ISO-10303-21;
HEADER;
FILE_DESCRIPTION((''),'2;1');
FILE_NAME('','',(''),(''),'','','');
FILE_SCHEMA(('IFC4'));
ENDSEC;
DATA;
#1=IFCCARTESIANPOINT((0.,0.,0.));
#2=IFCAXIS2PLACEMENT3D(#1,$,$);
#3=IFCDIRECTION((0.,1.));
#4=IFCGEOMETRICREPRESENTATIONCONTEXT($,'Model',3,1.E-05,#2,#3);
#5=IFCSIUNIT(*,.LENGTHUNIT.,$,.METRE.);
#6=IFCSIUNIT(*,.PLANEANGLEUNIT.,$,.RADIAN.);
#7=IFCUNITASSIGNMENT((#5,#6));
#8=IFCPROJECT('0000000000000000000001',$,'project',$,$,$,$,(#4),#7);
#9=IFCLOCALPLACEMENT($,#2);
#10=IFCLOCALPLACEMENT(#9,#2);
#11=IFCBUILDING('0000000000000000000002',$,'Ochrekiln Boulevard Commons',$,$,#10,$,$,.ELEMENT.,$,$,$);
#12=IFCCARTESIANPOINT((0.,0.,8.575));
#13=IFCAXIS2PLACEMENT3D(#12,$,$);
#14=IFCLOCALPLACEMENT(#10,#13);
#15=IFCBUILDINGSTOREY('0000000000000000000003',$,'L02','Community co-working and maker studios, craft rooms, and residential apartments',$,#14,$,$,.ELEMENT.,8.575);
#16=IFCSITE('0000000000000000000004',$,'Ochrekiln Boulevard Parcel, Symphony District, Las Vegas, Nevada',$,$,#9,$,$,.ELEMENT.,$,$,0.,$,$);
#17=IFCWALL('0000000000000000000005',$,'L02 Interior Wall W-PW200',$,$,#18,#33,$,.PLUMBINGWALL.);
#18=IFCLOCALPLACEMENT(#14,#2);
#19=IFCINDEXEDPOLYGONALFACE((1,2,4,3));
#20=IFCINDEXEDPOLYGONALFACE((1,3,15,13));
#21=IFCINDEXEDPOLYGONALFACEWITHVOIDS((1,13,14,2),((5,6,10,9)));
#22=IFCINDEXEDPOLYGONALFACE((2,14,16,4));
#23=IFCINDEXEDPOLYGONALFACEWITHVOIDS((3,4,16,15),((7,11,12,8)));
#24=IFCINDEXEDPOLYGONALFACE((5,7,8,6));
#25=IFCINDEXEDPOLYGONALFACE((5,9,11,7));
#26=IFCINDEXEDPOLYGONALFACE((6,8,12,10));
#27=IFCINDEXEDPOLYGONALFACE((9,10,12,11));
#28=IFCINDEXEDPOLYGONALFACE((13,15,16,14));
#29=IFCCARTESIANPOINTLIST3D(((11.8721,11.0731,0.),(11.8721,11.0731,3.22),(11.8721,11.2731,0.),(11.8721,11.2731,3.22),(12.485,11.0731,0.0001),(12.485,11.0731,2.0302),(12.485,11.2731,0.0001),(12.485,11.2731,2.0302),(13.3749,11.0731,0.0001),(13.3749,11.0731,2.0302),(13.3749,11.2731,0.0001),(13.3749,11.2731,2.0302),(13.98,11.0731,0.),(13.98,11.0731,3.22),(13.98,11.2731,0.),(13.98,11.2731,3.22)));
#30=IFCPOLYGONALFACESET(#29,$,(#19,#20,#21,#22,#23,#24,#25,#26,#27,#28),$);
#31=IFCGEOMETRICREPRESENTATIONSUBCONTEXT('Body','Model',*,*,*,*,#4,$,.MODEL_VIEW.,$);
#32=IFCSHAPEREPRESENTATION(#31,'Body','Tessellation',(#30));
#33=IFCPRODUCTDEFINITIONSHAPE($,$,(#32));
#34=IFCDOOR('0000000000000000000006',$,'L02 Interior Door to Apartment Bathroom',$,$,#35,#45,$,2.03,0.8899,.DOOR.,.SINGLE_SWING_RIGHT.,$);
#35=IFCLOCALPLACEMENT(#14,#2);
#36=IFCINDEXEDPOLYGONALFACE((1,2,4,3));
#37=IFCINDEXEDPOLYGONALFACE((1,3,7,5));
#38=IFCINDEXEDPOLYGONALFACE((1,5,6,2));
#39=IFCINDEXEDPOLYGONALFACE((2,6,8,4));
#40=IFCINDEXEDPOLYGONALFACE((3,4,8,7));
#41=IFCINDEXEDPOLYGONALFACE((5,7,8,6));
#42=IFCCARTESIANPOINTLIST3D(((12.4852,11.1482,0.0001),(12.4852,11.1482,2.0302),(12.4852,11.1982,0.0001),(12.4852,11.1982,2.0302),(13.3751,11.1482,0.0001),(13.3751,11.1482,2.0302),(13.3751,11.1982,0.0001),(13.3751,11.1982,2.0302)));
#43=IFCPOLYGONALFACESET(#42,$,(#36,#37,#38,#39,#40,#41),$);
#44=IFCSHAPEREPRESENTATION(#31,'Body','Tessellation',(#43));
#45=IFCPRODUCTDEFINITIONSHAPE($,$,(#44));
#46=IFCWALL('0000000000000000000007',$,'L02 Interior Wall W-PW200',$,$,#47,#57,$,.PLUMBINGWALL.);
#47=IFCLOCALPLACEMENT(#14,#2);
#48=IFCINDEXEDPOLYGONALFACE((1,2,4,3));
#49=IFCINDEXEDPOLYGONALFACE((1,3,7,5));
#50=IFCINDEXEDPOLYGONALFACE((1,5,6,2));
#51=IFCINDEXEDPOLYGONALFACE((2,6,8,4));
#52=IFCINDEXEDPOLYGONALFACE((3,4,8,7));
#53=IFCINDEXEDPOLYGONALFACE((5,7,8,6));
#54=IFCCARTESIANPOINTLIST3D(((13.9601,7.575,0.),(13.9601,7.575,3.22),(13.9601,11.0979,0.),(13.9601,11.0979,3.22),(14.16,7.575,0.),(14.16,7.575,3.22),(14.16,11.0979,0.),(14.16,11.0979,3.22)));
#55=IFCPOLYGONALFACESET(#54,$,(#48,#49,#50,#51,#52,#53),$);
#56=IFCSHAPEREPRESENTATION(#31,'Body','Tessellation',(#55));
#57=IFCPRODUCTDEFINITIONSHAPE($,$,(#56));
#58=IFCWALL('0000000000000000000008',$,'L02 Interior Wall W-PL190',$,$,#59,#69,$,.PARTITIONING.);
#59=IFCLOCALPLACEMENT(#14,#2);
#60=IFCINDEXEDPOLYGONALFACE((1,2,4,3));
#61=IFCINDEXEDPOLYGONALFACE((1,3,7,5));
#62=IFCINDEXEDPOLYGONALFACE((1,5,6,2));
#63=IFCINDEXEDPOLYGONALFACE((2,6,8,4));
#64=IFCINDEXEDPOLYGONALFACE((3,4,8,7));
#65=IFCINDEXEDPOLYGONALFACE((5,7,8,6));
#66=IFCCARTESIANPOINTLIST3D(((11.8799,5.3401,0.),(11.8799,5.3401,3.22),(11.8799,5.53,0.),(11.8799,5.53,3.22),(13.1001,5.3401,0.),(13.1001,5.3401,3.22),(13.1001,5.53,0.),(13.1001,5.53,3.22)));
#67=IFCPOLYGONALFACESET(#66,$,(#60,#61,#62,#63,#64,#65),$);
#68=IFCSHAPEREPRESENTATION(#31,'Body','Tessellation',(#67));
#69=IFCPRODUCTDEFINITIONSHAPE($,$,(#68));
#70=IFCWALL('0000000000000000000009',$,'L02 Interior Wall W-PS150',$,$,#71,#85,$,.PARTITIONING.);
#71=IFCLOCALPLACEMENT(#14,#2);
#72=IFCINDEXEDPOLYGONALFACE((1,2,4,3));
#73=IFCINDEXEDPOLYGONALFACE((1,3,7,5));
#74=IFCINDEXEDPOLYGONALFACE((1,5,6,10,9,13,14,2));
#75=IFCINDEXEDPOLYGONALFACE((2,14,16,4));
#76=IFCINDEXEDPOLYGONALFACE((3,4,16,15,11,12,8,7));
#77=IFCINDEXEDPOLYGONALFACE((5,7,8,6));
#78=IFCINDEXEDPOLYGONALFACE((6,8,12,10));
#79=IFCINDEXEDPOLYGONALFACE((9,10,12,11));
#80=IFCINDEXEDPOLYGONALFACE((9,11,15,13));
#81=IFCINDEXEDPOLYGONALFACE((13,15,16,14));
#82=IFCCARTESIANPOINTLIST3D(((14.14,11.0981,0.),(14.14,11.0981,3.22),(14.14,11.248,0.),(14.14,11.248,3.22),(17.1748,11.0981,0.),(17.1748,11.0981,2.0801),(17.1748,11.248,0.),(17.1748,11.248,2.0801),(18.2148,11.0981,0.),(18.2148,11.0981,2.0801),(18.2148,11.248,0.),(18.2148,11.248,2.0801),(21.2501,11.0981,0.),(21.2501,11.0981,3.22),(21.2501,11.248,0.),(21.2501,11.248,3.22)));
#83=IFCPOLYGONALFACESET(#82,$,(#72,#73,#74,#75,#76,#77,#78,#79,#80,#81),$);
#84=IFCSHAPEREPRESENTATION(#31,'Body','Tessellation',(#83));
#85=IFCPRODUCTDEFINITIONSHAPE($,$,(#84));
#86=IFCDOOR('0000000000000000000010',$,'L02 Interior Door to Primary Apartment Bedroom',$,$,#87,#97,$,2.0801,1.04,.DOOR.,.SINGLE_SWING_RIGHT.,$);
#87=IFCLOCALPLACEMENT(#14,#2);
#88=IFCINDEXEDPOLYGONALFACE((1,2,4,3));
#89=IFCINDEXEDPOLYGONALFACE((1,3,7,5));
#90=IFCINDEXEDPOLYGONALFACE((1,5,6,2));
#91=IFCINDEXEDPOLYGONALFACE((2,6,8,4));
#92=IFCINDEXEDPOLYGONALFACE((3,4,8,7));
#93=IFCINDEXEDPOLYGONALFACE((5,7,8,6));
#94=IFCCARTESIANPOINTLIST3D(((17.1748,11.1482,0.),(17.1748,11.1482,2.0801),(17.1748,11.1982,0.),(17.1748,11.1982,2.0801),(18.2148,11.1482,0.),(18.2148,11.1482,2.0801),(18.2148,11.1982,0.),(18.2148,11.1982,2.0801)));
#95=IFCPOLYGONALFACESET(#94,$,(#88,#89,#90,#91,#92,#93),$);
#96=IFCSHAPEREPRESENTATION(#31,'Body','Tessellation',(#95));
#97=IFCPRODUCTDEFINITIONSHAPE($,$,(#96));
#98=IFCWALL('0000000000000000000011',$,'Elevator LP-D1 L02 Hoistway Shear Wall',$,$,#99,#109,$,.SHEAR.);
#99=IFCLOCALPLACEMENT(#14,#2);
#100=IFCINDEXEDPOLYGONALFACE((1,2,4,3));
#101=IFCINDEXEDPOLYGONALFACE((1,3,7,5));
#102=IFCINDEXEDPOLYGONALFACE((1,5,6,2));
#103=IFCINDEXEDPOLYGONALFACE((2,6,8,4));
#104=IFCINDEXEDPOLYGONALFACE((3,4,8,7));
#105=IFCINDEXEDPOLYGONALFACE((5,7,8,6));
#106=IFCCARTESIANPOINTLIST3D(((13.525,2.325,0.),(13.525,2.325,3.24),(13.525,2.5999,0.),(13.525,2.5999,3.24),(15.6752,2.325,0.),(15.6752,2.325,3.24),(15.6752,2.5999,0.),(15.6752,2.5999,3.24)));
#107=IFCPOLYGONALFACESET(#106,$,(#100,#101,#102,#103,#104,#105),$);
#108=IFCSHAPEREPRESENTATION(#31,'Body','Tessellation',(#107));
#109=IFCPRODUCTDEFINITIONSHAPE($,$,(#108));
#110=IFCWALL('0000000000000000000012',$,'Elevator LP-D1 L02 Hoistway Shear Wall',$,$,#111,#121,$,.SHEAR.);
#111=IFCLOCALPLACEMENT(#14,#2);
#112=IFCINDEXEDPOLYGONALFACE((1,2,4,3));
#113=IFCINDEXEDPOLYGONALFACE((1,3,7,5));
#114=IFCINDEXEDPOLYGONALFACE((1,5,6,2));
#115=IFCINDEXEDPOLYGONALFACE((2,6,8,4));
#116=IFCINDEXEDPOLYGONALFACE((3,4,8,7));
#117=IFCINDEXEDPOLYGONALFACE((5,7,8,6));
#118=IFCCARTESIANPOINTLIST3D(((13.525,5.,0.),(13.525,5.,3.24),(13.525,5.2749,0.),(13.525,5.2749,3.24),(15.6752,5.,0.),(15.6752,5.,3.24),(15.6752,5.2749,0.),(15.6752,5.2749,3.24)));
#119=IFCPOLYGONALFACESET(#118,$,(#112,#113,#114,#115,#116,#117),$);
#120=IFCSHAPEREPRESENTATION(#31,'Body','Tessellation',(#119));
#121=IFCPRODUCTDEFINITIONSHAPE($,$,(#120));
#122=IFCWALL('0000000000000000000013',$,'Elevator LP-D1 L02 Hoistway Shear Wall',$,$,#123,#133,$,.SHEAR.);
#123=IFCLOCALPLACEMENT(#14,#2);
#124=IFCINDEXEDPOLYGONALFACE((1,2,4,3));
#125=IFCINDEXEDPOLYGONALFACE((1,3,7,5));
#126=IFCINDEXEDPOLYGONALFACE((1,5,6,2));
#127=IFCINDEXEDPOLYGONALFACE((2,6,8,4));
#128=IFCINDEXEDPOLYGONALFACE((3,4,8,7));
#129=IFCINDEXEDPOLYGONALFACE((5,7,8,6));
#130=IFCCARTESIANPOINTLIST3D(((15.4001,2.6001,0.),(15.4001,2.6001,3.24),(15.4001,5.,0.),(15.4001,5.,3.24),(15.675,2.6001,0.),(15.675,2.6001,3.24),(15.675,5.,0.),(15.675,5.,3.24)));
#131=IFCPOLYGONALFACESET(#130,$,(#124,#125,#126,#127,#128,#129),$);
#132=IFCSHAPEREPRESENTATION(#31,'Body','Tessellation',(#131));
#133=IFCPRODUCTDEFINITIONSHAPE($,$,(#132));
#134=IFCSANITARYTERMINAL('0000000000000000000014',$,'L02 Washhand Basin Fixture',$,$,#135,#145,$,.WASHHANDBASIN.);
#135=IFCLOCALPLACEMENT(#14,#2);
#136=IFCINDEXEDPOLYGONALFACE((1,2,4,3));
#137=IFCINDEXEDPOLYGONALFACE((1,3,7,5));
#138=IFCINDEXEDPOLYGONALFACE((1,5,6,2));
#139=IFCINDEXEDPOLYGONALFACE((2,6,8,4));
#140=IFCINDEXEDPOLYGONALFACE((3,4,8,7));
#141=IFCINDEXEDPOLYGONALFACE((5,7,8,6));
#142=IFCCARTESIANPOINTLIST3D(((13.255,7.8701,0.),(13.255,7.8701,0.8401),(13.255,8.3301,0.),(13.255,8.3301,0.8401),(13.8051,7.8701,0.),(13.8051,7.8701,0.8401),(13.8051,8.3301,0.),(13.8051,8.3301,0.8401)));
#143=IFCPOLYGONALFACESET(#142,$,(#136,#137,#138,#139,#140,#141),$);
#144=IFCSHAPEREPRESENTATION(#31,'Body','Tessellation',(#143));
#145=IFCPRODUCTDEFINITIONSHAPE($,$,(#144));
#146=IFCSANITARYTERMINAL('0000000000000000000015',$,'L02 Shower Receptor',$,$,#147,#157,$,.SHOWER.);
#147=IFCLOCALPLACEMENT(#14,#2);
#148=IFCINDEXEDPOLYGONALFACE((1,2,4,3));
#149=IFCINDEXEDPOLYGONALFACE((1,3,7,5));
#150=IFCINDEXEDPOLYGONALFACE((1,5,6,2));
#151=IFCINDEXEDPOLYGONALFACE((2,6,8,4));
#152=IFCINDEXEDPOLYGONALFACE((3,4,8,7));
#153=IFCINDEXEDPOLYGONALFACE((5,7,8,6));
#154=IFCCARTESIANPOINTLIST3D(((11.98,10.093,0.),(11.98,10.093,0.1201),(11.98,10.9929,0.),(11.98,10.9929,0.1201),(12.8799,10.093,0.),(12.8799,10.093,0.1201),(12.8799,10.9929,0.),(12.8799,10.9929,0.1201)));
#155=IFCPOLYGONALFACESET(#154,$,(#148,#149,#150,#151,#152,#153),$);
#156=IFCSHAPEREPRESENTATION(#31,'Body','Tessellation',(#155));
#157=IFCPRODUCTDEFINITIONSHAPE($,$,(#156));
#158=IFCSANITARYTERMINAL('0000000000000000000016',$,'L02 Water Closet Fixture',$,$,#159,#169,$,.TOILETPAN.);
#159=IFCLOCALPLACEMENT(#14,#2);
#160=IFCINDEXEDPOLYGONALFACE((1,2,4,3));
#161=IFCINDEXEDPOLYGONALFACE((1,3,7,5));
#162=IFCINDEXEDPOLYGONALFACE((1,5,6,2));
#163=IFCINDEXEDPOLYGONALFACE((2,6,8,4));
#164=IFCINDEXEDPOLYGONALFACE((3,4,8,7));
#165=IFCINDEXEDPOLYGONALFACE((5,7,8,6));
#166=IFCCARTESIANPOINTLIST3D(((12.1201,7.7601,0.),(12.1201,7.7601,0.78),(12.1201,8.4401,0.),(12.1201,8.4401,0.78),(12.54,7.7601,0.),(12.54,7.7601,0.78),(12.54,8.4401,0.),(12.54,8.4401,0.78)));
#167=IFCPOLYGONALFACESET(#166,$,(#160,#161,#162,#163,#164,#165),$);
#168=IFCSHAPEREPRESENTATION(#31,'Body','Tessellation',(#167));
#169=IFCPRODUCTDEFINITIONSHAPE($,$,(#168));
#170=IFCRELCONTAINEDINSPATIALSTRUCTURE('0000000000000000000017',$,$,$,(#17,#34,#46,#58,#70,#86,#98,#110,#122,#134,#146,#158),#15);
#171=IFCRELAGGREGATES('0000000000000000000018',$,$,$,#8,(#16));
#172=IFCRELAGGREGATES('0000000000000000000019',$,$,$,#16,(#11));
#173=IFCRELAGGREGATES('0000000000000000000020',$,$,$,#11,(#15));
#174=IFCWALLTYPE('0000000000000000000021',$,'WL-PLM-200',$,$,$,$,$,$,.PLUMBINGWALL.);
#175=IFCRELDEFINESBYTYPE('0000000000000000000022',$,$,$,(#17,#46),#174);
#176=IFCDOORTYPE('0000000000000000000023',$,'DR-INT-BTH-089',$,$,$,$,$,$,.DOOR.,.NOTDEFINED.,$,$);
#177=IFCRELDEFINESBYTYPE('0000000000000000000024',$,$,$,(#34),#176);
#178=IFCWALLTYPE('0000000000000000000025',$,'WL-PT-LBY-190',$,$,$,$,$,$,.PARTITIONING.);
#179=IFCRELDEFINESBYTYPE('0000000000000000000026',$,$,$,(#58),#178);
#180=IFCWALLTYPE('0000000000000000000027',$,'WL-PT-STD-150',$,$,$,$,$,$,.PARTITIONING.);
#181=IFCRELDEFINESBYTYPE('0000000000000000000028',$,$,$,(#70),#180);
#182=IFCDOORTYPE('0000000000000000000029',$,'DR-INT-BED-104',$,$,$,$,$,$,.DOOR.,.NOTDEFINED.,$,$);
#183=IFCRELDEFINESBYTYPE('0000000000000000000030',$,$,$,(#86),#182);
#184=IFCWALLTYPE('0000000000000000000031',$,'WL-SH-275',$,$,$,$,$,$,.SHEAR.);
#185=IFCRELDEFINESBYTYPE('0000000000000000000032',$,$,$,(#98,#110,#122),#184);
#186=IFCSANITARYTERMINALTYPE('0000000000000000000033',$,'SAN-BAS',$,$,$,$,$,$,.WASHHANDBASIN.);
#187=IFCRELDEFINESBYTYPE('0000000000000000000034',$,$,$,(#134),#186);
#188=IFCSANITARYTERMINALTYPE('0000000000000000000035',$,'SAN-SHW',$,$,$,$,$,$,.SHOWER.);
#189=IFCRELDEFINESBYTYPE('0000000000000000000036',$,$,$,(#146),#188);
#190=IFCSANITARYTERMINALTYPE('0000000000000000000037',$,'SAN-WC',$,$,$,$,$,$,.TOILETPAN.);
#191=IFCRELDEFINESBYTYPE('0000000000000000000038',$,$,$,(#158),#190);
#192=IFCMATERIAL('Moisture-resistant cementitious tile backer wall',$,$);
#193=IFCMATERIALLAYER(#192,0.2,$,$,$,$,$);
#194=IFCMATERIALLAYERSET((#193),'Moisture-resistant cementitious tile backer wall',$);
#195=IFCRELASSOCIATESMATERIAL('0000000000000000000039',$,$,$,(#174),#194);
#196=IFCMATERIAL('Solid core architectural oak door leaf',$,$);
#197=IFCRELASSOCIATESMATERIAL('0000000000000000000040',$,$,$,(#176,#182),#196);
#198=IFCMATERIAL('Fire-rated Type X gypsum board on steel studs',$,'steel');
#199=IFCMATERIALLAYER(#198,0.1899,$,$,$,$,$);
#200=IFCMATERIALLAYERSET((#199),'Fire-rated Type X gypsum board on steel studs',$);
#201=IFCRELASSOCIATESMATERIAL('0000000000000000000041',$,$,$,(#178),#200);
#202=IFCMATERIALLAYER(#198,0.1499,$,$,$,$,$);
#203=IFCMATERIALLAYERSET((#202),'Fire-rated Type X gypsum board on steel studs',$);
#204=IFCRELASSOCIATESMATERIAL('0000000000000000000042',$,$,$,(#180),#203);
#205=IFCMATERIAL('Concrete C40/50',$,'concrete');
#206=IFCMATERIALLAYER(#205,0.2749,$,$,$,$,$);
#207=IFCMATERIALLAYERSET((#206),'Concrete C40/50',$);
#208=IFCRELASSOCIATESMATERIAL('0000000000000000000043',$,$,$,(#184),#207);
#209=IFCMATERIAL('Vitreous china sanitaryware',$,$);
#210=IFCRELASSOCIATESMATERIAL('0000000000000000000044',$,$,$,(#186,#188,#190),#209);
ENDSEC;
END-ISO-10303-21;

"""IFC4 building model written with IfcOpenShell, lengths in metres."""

from ifc_helpers import new_model, si_unit, direction, frame, frame_2d, origin, origin_2d, place, context, subcontext, project, spatial, rectangle, extrude, material, layer, layer_set, type_object, element, fill, save


model = new_model("IFC4")

# Units and contexts
model_context = context("Model", 3, precision=1e-05, world=origin(), true_north=direction((0.0, 1.0)))
body_context = subcontext(model_context, "Body", "Model", "MODEL_VIEW")
ifc_project = project(units=[si_unit("LENGTHUNIT", "METRE"), si_unit("PLANEANGLEUNIT", "RADIAN")], contexts=[model_context])

# Site, building, storey
site_placement = place(None, origin())
site = spatial("IfcSite", under=ifc_project, at=site_placement, Name="Ochrekiln Boulevard Parcel, Symphony District, Las Vegas, Nevada", CompositionType="ELEMENT", RefElevation=0.0)
building_placement = place(site_placement, origin())
building = spatial("IfcBuilding", under=site, at=building_placement, Name="Ochrekiln Boulevard Commons", CompositionType="ELEMENT")
storey_placement = place(building_placement, frame((0.0, 0.0, 8.575)))
storey = spatial("IfcBuildingStorey", under=building, at=storey_placement, Name="L02", Description="Community co-working and maker studios, craft rooms, and residential apartments", CompositionType="ELEMENT", Elevation=8.575)

# Shared definitions
ifc_material_1 = material(Name="Concrete C40/50", Category="concrete")

# Shared definitions
ifc_material_2 = material(Name="Moisture-resistant cementitious tile backer wall")
ifc_layer_1 = layer(ifc_material_2, 0.2)
ifc_layer_set_1 = layer_set([ifc_layer_1], Name="Moisture-resistant cementitious tile backer wall")
wall_type_1 = type_object("IfcWallType", Name="WL-PLM-200", PredefinedType="PLUMBINGWALL", material=ifc_layer_set_1)

# Wall, opening, door
wall_1_placement = place(storey_placement, frame((11.8721, 11.1731, 0.0), z_axis=(0.0, 0.0, 1.0), x_axis=(1.0, 0.0, 0.0)))
wall_1 = element("IfcWall", 1, at=wall_1_placement, inside=storey, type_object=wall_type_1, Name="L02 Interior Wall W-PW200", PredefinedType="PLUMBINGWALL", context=body_context, shape_type="SweptSolid", body=[
    extrude(rectangle(XDim=2.1079, YDim=0.2, at=frame_2d((1.054, 0.0))), origin(), (0.0, 0.0, 1.0), 3.22),
])
opening_1_placement = place(wall_1_placement, frame((0.613, 0.0, 0.0)))
opening_1 = element("IfcOpeningElement", 2, at=opening_1_placement, cuts=wall_1, PredefinedType="OPENING", context=body_context, shape_type="SweptSolid", body=[
    extrude(rectangle(XDim=0.8899, YDim=2.03, at=frame_2d((0.4448, 1.0151))), frame((0.0, 0.1099, 0.0), z_axis=(0.0, -1.0, 0.0), x_axis=(1.0, 0.0, 0.0)), (0.0, 0.0, 1.0), 0.22),
])
ifc_material_3 = material(Name="Solid core architectural oak door leaf")
door_type_1 = type_object("IfcDoorType", Name="DR-INT-BTH-089", OperationType="NOTDEFINED", PredefinedType="DOOR", material=ifc_material_3)
door_1_placement = place(opening_1_placement, frame((0.8899, 0.0, 0.0), z_axis=(0.0, 0.0, 1.0), x_axis=(-1.0, 0.0, 0.0)))
door_1 = element("IfcDoor", 3, at=door_1_placement, inside=storey, type_object=door_type_1, Name="L02 Interior Door to Apartment Bathroom", OperationType="SINGLE_SWING_RIGHT", OverallHeight=2.03, OverallWidth=0.8899, PredefinedType="DOOR", context=body_context, shape_type="SweptSolid", body=[
    extrude(rectangle(XDim=0.8899, YDim=2.03, at=frame_2d((0.4448, 1.0151))), frame((0.0, 0.0249, 0.0), z_axis=(0.0, -1.0, 0.0), x_axis=(1.0, 0.0, 0.0)), (0.0, 0.0, 1.0), 0.05),
])
fill(opening_1, door_1)

# Walls
wall_2_placement = place(storey_placement, frame((14.0601, 7.575, 0.0), z_axis=(0.0, 0.0, 1.0), x_axis=(0.0, 1.0, 0.0)))
element("IfcWall", 4, at=wall_2_placement, inside=storey, type_object=wall_type_1, Name="L02 Interior Wall W-PW200", PredefinedType="PLUMBINGWALL", context=body_context, shape_type="SweptSolid", body=[
    extrude(rectangle(XDim=3.5229, YDim=0.2, at=frame_2d((1.7615, 0.0))), origin(), (0.0, 0.0, 1.0), 3.22),
])
ifc_material_4 = material(Name="Fire-rated Type X gypsum board on steel studs", Category="steel")
ifc_layer_2 = layer(ifc_material_4, 0.1899)
ifc_layer_set_2 = layer_set([ifc_layer_2], Name="Fire-rated Type X gypsum board on steel studs")
wall_type_2 = type_object("IfcWallType", Name="WL-PT-LBY-190", PredefinedType="PARTITIONING", material=ifc_layer_set_2)
wall_3_placement = place(storey_placement, frame((11.8799, 5.4351, 0.0), z_axis=(0.0, 0.0, 1.0), x_axis=(1.0, 0.0, 0.0)))
element("IfcWall", 5, at=wall_3_placement, inside=storey, type_object=wall_type_2, Name="L02 Interior Wall W-PL190", PredefinedType="PARTITIONING", context=body_context, shape_type="SweptSolid", body=[
    extrude(rectangle(XDim=1.2202, YDim=0.1899, at=frame_2d((0.6101, 0.0))), origin(), (0.0, 0.0, 1.0), 3.22),
])

# Wall, opening, door
ifc_layer_3 = layer(ifc_material_4, 0.1499)
ifc_layer_set_3 = layer_set([ifc_layer_3], Name="Fire-rated Type X gypsum board on steel studs")
wall_type_3 = type_object("IfcWallType", Name="WL-PT-STD-150", PredefinedType="PARTITIONING", material=ifc_layer_set_3)
wall_4_placement = place(storey_placement, frame((14.1399, 11.1731, 0.0), z_axis=(0.0, 0.0, 1.0), x_axis=(1.0, 0.0, 0.0)))
wall_4 = element("IfcWall", 6, at=wall_4_placement, inside=storey, type_object=wall_type_3, Name="L02 Interior Wall W-PS150", PredefinedType="PARTITIONING", context=body_context, shape_type="SweptSolid", body=[
    extrude(rectangle(XDim=7.1101, YDim=0.1499, at=frame_2d((3.5552, 0.0))), origin(), (0.0, 0.0, 1.0), 3.22),
])
opening_2_placement = place(wall_4_placement, frame((3.0349, 0.0, 0.0)))
opening_2 = element("IfcOpeningElement", 7, at=opening_2_placement, cuts=wall_4, PredefinedType="OPENING", context=body_context, shape_type="SweptSolid", body=[
    extrude(rectangle(XDim=1.04, YDim=2.0801, at=frame_2d((0.52, 1.04))), frame((0.0, 0.085, 0.0), z_axis=(0.0, -1.0, 0.0), x_axis=(1.0, 0.0, 0.0)), (0.0, 0.0, 1.0), 0.1699),
])
door_type_2 = type_object("IfcDoorType", Name="DR-INT-BED-104", OperationType="NOTDEFINED", PredefinedType="DOOR", material=ifc_material_3)
door_2_placement = place(opening_2_placement, frame((1.04, 0.0, 0.0), z_axis=(0.0, 0.0, 1.0), x_axis=(-1.0, 0.0, 0.0)))
door_2 = element("IfcDoor", 8, at=door_2_placement, inside=storey, type_object=door_type_2, Name="L02 Interior Door to Primary Apartment Bedroom", OperationType="SINGLE_SWING_RIGHT", OverallHeight=2.0801, OverallWidth=1.04, PredefinedType="DOOR", context=body_context, shape_type="SweptSolid", body=[
    extrude(rectangle(XDim=1.04, YDim=2.0801, at=frame_2d((0.52, 1.04))), frame((0.0, 0.0249, 0.0), z_axis=(0.0, -1.0, 0.0), x_axis=(1.0, 0.0, 0.0)), (0.0, 0.0, 1.0), 0.05),
])
fill(opening_2, door_2)

# Walls
ifc_layer_4 = layer(ifc_material_1, 0.2749)
ifc_layer_set_4 = layer_set([ifc_layer_4], Name="Concrete C40/50")
wall_type_4 = type_object("IfcWallType", Name="WL-SH-275", PredefinedType="SHEAR", material=ifc_layer_set_4)
for number, where, z_axis, x_axis, name in (
    (9, (13.5249, 2.4624, 0.0), (0.0, 0.0, 1.0), (1.0, 0.0, 0.0), "Elevator LP-D1 L02 Hoistway Shear Wall"),
    (10, (13.5249, 5.1375, 0.0), (0.0, 0.0, 1.0), (1.0, 0.0, 0.0), "Elevator LP-D1 L02 Hoistway Shear Wall"),
):
    element("IfcWall", number, at=place(storey_placement, frame(where, z_axis=z_axis, x_axis=x_axis)), inside=storey, type_object=wall_type_4, Name=name, PredefinedType="SHEAR", context=body_context, shape_type="SweptSolid", body=[
        extrude(rectangle(XDim=2.1501, YDim=0.2749, at=frame_2d((1.0752, 0.0))), origin(), (0.0, 0.0, 1.0), 3.24),
    ])

# Wall
wall_5_placement = place(storey_placement, frame((15.5376, 2.6001, 0.0), z_axis=(0.0, 0.0, 1.0), x_axis=(0.0, 1.0, 0.0)))
element("IfcWall", 11, at=wall_5_placement, inside=storey, type_object=wall_type_4, Name="Elevator LP-D1 L02 Hoistway Shear Wall", PredefinedType="SHEAR", context=body_context, shape_type="SweptSolid", body=[
    extrude(rectangle(XDim=2.3999, YDim=0.2749, at=frame_2d((1.2, 0.0))), origin(), (0.0, 0.0, 1.0), 3.24),
])

# Sanitary terminals
ifc_material_5 = material(Name="Vitreous china sanitaryware")
sanitary_terminal_type_1 = type_object("IfcSanitaryTerminalType", Name="SAN-BAS", PredefinedType="WASHHANDBASIN", material=ifc_material_5)
sanitary_terminal_1_placement = place(storey_placement, frame((13.53, 8.1001, 0.0), z_axis=(0.0, 0.0, 1.0), x_axis=(1.0, 0.0, 0.0)))
element("IfcSanitaryTerminal", 12, at=sanitary_terminal_1_placement, inside=storey, type_object=sanitary_terminal_type_1, Name="L02 Washhand Basin Fixture", PredefinedType="WASHHANDBASIN", context=body_context, shape_type="SweptSolid", body=[
    extrude(rectangle(XDim=0.55, YDim=0.46, at=origin_2d()), origin(), (0.0, 0.0, 1.0), 0.8401),
])
sanitary_terminal_type_2 = type_object("IfcSanitaryTerminalType", Name="SAN-SHW", PredefinedType="SHOWER", material=ifc_material_5)
sanitary_terminal_2_placement = place(storey_placement, frame((12.4299, 10.543, 0.0), z_axis=(0.0, 0.0, 1.0), x_axis=(1.0, 0.0, 0.0)))
element("IfcSanitaryTerminal", 13, at=sanitary_terminal_2_placement, inside=storey, type_object=sanitary_terminal_type_2, Name="L02 Shower Receptor", PredefinedType="SHOWER", context=body_context, shape_type="SweptSolid", body=[
    extrude(rectangle(XDim=0.8999, YDim=0.8999, at=origin_2d()), origin(), (0.0, 0.0, 1.0), 0.1201),
])
sanitary_terminal_type_3 = type_object("IfcSanitaryTerminalType", Name="SAN-WC", PredefinedType="TOILETPAN", material=ifc_material_5)
sanitary_terminal_3_placement = place(storey_placement, frame((12.3301, 8.1001, 0.0), z_axis=(0.0, 0.0, 1.0), x_axis=(1.0, 0.0, 0.0)))
element("IfcSanitaryTerminal", 14, at=sanitary_terminal_3_placement, inside=storey, type_object=sanitary_terminal_type_3, Name="L02 Water Closet Fixture", PredefinedType="TOILETPAN", context=body_context, shape_type="SweptSolid", body=[
    extrude(rectangle(XDim=0.4199, YDim=0.6799, at=origin_2d()), origin(), (0.0, 0.0, 1.0), 0.78),
])

save(model, "model.ifc")
